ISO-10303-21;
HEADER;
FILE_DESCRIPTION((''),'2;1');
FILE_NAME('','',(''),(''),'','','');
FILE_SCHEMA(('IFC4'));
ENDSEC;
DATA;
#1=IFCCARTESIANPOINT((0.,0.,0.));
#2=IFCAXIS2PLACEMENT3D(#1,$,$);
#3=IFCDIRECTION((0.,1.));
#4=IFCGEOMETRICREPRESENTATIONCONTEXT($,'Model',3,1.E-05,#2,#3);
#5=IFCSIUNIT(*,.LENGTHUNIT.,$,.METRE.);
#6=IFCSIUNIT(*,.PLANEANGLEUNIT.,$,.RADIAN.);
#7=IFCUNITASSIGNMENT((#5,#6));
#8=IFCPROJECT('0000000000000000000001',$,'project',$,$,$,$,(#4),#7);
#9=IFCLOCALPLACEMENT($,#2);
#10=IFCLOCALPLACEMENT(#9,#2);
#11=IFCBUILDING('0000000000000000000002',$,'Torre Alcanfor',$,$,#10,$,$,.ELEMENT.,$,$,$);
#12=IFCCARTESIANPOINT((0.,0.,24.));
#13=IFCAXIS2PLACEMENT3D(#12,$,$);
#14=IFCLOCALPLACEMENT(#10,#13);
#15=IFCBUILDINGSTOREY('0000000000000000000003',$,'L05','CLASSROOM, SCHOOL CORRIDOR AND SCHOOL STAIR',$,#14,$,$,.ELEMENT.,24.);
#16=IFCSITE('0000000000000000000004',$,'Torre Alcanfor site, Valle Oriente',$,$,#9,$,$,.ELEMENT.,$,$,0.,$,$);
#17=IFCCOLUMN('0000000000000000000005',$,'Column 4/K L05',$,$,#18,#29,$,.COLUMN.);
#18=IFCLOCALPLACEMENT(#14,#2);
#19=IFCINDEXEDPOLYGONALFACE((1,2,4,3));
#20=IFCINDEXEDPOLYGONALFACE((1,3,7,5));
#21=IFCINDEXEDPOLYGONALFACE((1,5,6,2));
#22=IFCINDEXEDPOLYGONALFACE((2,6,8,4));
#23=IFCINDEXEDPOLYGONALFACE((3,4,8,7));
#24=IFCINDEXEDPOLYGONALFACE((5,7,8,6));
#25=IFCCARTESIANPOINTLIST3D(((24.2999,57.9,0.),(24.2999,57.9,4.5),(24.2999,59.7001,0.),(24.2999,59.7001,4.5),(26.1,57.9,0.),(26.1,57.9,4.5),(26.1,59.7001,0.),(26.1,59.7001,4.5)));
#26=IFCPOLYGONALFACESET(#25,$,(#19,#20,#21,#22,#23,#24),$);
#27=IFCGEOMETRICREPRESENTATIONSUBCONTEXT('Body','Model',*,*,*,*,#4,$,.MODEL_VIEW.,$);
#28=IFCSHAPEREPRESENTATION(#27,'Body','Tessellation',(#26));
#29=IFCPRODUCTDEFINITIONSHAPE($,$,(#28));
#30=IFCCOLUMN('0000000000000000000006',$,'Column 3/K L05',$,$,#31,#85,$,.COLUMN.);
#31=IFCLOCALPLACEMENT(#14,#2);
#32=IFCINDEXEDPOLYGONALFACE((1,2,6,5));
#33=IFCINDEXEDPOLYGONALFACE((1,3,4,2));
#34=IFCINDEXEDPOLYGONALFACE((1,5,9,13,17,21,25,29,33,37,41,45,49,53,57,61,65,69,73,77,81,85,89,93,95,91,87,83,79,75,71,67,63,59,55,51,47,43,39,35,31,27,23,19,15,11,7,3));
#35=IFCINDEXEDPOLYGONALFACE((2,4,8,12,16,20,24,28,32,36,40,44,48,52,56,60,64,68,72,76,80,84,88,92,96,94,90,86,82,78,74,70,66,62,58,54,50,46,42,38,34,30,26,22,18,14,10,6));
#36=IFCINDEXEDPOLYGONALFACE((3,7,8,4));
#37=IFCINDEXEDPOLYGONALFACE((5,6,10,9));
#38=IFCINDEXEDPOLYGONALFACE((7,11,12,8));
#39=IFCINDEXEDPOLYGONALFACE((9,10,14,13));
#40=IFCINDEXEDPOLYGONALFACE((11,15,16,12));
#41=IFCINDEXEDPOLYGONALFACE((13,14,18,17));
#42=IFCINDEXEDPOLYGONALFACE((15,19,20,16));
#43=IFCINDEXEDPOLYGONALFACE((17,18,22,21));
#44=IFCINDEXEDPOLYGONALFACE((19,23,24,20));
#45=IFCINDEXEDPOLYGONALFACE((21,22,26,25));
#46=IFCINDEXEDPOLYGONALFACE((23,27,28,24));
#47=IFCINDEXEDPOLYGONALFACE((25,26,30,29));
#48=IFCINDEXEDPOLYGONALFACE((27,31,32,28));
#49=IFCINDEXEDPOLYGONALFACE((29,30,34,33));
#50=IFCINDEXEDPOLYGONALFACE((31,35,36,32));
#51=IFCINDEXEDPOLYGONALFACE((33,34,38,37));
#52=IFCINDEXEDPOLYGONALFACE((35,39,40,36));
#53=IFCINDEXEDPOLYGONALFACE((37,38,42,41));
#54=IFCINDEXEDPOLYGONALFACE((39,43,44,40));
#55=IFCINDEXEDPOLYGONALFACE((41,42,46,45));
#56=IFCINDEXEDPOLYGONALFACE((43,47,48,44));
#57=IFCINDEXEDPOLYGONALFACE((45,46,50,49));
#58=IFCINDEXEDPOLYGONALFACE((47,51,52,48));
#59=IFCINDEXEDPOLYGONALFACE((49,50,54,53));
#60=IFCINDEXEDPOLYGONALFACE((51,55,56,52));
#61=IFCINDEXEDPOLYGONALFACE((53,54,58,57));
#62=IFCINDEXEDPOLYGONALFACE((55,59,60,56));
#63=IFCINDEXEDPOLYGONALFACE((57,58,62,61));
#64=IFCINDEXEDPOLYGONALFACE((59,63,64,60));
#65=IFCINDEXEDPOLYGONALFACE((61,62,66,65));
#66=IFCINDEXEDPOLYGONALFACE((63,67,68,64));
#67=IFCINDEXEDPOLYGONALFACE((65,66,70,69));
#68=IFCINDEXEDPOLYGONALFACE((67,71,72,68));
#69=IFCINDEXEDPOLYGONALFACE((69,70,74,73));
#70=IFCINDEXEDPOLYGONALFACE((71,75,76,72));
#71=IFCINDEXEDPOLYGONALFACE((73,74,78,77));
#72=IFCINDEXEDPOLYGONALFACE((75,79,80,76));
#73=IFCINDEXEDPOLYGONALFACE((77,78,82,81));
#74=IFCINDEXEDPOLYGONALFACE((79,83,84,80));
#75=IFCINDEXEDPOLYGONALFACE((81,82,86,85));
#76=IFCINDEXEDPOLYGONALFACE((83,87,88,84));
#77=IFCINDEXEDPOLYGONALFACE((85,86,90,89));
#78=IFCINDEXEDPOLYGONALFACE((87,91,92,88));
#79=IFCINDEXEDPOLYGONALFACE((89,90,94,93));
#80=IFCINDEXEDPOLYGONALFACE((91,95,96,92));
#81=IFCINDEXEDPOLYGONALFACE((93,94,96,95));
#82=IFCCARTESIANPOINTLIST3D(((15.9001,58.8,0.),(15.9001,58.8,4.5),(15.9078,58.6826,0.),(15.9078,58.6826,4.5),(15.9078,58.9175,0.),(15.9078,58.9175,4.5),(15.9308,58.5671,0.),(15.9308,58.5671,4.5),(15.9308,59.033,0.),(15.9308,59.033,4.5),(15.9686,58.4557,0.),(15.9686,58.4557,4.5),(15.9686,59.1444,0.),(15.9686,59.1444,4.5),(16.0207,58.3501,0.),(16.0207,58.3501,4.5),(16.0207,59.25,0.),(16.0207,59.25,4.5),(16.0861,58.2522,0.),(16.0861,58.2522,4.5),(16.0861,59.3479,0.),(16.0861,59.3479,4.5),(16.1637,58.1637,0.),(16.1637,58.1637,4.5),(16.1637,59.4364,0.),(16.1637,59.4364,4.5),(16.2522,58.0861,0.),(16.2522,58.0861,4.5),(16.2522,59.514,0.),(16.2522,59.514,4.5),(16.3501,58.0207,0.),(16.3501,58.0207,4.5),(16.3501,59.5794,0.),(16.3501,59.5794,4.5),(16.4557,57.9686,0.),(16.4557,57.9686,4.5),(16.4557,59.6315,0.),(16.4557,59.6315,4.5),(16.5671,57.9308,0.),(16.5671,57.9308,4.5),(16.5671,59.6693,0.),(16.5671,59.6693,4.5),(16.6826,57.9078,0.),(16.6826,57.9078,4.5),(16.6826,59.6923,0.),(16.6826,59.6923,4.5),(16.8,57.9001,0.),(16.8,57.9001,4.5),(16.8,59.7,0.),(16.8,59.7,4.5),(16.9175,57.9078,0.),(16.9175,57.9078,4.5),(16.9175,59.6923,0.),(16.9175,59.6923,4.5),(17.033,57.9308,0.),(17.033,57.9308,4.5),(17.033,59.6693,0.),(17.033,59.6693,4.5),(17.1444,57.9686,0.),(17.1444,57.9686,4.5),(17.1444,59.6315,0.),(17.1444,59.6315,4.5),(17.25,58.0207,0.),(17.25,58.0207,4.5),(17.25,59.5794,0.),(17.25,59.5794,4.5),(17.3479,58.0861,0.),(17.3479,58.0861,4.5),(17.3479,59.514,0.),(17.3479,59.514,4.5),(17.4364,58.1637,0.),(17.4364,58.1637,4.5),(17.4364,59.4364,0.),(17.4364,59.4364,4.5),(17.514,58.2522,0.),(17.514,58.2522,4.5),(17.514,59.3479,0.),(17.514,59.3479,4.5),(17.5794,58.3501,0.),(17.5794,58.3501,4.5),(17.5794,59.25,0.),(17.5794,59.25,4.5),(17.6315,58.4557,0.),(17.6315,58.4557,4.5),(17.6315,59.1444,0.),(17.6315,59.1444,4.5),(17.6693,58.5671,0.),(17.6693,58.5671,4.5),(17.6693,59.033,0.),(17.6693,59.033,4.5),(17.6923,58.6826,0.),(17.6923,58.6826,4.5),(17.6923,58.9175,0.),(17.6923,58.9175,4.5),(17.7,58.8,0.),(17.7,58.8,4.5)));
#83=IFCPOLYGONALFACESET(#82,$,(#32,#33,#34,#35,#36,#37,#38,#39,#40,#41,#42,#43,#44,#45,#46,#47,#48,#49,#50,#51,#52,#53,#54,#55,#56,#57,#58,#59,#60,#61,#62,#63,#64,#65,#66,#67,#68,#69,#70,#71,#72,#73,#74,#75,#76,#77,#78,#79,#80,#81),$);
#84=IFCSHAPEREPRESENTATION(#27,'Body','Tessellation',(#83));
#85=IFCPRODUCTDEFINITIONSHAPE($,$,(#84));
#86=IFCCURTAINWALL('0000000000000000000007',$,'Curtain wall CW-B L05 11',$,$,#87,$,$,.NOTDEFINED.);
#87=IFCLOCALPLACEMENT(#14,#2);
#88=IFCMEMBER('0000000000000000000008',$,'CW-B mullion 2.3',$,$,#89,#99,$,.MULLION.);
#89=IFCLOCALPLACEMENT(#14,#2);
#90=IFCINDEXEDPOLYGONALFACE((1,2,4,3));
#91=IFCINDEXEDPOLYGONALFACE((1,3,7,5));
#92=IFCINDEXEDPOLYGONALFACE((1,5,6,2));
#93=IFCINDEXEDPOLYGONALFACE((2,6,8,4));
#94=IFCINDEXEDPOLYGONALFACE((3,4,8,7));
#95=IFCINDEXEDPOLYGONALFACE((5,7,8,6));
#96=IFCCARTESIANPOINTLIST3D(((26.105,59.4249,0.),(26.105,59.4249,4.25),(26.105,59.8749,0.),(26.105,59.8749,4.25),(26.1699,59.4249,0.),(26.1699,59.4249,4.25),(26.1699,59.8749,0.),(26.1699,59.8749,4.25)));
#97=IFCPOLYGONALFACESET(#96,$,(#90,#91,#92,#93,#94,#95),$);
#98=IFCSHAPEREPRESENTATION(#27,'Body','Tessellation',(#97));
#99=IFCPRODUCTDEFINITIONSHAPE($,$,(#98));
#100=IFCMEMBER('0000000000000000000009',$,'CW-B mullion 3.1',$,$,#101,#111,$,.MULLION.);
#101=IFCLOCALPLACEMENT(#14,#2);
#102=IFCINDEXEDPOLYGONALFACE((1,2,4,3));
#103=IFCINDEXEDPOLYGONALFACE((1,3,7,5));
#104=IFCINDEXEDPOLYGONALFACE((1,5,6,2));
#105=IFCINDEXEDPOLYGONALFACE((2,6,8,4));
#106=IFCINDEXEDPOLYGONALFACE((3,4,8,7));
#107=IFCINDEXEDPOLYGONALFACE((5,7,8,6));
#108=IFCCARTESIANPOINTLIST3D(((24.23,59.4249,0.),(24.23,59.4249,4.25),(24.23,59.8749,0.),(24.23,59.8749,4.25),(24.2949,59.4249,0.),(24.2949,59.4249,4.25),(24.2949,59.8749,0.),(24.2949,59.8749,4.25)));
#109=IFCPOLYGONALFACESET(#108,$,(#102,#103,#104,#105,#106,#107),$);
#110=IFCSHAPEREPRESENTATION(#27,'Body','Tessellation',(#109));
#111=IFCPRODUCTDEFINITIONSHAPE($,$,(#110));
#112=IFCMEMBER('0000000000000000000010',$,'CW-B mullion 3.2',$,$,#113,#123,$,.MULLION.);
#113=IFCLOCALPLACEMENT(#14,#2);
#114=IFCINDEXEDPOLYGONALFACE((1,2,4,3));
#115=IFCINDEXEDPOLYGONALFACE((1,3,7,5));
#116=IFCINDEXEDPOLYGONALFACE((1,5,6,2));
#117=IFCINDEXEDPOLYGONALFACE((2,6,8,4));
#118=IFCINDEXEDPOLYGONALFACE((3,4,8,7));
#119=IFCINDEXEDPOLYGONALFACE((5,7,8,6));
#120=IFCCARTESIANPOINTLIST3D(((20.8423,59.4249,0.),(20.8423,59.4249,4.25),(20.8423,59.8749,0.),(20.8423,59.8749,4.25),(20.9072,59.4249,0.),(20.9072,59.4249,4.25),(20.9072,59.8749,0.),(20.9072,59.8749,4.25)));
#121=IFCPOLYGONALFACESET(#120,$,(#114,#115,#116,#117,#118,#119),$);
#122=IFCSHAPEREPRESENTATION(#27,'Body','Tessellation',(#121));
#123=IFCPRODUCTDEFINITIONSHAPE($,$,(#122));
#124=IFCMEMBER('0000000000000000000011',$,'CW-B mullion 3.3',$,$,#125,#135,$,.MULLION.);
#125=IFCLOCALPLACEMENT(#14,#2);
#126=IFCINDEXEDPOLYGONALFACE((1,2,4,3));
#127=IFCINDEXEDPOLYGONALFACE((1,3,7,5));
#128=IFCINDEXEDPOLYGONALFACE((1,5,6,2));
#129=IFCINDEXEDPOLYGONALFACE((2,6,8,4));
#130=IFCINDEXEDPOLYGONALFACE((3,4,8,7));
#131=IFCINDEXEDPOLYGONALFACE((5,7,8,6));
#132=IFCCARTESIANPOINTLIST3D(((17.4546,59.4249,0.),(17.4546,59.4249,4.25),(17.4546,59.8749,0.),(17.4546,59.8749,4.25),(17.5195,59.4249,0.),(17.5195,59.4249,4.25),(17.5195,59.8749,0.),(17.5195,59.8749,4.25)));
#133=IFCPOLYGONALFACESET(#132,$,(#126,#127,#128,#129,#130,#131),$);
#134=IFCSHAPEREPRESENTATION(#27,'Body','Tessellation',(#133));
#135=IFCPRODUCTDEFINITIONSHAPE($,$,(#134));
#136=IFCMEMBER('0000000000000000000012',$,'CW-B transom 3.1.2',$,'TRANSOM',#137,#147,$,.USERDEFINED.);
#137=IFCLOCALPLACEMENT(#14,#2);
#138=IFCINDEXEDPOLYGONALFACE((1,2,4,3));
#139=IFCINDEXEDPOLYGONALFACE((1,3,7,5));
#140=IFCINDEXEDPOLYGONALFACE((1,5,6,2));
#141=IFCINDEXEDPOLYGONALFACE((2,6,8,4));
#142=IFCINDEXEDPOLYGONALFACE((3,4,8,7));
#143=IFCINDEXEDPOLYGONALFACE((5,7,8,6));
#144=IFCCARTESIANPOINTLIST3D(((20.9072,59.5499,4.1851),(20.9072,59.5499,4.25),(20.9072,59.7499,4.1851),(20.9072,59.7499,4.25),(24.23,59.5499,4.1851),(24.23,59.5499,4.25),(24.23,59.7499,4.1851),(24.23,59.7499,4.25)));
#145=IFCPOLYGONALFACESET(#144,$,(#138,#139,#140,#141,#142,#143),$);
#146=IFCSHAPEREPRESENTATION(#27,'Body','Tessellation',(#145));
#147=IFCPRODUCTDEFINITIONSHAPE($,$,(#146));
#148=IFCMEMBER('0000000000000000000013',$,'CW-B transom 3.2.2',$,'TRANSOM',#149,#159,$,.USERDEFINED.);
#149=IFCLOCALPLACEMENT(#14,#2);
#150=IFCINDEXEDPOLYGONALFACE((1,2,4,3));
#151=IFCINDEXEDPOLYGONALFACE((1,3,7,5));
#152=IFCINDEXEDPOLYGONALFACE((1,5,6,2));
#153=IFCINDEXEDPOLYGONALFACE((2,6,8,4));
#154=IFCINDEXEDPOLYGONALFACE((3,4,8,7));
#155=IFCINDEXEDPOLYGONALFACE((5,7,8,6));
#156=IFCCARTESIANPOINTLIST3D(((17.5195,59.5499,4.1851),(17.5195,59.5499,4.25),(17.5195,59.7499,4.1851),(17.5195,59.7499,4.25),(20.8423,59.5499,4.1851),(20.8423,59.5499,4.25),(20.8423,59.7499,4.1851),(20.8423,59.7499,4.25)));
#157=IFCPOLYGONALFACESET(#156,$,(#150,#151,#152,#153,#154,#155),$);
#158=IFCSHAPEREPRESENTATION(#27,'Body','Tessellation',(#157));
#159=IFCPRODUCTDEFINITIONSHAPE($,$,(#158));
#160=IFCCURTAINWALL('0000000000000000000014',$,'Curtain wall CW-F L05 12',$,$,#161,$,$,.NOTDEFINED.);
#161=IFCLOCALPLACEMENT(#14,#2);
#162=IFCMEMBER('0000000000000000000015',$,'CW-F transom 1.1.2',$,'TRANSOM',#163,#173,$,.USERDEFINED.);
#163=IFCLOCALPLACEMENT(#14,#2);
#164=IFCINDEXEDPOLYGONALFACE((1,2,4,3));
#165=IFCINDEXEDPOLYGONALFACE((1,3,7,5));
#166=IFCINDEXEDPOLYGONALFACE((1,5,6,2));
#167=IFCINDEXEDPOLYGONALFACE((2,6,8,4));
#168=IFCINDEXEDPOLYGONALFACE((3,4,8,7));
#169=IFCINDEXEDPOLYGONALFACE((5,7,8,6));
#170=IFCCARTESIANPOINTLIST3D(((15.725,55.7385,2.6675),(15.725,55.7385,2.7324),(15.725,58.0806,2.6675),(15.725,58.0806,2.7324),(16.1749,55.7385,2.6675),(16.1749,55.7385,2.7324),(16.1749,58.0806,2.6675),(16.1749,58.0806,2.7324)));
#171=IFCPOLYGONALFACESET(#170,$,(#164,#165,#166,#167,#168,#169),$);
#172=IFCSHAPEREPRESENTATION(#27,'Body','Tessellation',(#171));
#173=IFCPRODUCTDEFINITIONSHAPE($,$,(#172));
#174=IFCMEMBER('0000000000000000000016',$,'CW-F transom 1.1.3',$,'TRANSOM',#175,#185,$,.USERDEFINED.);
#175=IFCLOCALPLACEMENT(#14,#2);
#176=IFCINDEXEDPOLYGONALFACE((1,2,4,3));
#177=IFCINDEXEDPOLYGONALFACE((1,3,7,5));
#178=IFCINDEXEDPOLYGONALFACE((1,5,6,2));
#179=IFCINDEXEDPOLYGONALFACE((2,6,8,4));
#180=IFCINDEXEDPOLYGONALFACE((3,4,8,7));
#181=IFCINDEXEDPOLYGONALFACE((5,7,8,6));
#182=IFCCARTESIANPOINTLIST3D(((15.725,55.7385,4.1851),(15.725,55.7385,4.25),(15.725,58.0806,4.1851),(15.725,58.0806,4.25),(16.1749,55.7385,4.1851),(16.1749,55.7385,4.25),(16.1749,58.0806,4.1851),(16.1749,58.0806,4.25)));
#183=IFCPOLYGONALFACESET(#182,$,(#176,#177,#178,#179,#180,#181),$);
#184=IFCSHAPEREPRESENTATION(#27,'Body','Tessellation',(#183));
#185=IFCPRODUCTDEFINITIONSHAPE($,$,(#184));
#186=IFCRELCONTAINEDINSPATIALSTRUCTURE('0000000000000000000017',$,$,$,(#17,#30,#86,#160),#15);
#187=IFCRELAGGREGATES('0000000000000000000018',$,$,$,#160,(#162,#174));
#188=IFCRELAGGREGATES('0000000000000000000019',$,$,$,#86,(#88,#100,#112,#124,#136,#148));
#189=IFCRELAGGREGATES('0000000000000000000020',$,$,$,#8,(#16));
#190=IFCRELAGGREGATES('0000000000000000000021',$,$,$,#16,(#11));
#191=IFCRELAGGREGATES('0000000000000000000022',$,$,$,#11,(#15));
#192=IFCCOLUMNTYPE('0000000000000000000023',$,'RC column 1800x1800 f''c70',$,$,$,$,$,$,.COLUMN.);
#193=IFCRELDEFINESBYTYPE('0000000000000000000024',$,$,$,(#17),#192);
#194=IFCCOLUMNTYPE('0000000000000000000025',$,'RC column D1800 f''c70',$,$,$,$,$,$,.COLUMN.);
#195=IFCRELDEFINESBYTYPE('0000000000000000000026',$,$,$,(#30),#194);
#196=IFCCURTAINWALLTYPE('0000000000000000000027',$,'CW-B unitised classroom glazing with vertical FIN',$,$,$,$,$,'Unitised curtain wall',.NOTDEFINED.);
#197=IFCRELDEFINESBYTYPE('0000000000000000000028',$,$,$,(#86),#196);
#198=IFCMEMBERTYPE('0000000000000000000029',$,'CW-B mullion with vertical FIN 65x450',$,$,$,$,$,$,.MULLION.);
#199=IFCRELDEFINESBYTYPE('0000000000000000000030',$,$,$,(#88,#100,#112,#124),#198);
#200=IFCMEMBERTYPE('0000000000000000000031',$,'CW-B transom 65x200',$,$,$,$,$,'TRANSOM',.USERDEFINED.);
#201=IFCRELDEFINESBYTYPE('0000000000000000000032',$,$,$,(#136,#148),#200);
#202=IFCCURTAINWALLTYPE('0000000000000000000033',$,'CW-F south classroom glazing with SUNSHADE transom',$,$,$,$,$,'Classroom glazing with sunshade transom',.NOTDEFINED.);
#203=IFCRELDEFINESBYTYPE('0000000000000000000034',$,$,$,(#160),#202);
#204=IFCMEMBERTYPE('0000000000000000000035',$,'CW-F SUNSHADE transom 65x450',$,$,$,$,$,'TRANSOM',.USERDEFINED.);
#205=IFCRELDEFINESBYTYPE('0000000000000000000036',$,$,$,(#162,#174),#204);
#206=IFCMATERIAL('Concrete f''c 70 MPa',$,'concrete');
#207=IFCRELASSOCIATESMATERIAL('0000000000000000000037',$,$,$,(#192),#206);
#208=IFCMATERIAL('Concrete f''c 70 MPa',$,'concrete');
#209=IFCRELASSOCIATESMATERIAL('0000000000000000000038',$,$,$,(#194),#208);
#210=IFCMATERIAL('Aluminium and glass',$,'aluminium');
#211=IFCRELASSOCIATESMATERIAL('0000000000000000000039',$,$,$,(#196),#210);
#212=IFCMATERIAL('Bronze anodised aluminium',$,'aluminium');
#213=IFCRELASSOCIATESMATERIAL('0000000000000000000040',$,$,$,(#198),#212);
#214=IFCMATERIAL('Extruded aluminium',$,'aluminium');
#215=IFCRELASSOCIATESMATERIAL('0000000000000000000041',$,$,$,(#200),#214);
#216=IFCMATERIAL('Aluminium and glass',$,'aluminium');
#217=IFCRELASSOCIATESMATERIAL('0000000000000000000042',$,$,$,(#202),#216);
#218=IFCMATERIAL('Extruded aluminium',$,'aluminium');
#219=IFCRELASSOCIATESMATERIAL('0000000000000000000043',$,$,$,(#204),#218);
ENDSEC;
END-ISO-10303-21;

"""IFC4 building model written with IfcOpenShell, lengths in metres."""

from ifc_helpers import new_model, si_unit, direction, frame, origin, origin_2d, place, context, subcontext, project, spatial, rectangle, circle, extrude, material, material_profile, profile_set, type_object, element, aggregate, save


model = new_model("IFC4")

# Units and contexts
model_context = context("Model", 3, precision=1e-05, world=origin(), true_north=direction((0.0, 1.0)))
body_context = subcontext(model_context, "Body", "Model", "MODEL_VIEW")
ifc_project = project(units=[si_unit("LENGTHUNIT", "METRE"), si_unit("PLANEANGLEUNIT", "RADIAN")], contexts=[model_context])

# Site, building, storey
site_placement = place(None, origin())
site = spatial("IfcSite", under=ifc_project, at=site_placement, Name="Torre Alcanfor site, Valle Oriente", CompositionType="ELEMENT", RefElevation=0.0)
building_placement = place(site_placement, origin())
building = spatial("IfcBuilding", under=site, at=building_placement, Name="Torre Alcanfor", CompositionType="ELEMENT")
storey_placement = place(building_placement, frame((0.0, 0.0, 24.0)))
storey = spatial("IfcBuildingStorey", under=building, at=storey_placement, Name="L05", Description="CLASSROOM, SCHOOL CORRIDOR AND SCHOOL STAIR", CompositionType="ELEMENT", Elevation=24.0)

# Columns
ifc_material_1 = material(Name="Concrete f'c 70 MPa", Category="concrete")
ifc_material_profile_1 = material_profile(ifc_material_1, rectangle(XDim=1.8, YDim=1.8, at=origin_2d()), Name="1800x1800")
ifc_profile_set_1 = profile_set([ifc_material_profile_1], Name="Concrete f'c 70 MPa")
column_type_1 = type_object("IfcColumnType", Name="RC column 1800x1800 f'c70", PredefinedType="COLUMN", material=ifc_profile_set_1)
column_1_placement = place(storey_placement, frame((25.2, 58.8, 0.0), z_axis=(0.0, 0.0, 1.0), x_axis=(1.0, 0.0, 0.0)))
element("IfcColumn", 1, at=column_1_placement, inside=storey, type_object=column_type_1, Name="Column 4/K L05", PredefinedType="COLUMN", context=body_context, shape_type="SweptSolid", body=[
    extrude(rectangle(XDim=1.8, YDim=1.8, at=origin_2d()), origin(), (0.0, 0.0, 1.0), 4.5),
])
ifc_material_2 = material(Name="Concrete f'c 70 MPa", Category="concrete")
ifc_material_profile_2 = material_profile(ifc_material_2, circle(Radius=0.8999, at=origin_2d()), Name="D1800")
ifc_profile_set_2 = profile_set([ifc_material_profile_2], Name="Concrete f'c 70 MPa")
column_type_2 = type_object("IfcColumnType", Name="RC column D1800 f'c70", PredefinedType="COLUMN", material=ifc_profile_set_2)
column_2_placement = place(storey_placement, frame((16.8, 58.8, 0.0), z_axis=(0.0, 0.0, 1.0), x_axis=(1.0, 0.0, 0.0)))
element("IfcColumn", 2, at=column_2_placement, inside=storey, type_object=column_type_2, Name="Column 3/K L05", PredefinedType="COLUMN", context=body_context, shape_type="SweptSolid", body=[
    extrude(circle(Radius=0.8999, at=origin_2d()), origin(), (0.0, 0.0, 1.0), 4.5),
])

# Curtain walls, members
ifc_material_3 = material(Name="Aluminium and glass", Category="aluminium")
curtain_wall_type_1 = type_object("IfcCurtainWallType", Name="CW-B unitised classroom glazing with vertical FIN", ElementType="Unitised curtain wall", PredefinedType="NOTDEFINED", material=ifc_material_3)
curtain_wall_1_placement = place(storey_placement, origin())
curtain_wall_1 = element("IfcCurtainWall", 3, at=curtain_wall_1_placement, inside=storey, type_object=curtain_wall_type_1, Name="Curtain wall CW-B L05 11", PredefinedType="NOTDEFINED")
ifc_material_4 = material(Name="Bronze anodised aluminium", Category="aluminium")
ifc_material_profile_3 = material_profile(ifc_material_4, rectangle(XDim=0.45, YDim=0.0649, at=origin_2d()), Name="CW-B mullion 65x450")
ifc_profile_set_3 = profile_set([ifc_material_profile_3], Name="Bronze anodised aluminium")
member_type_1 = type_object("IfcMemberType", Name="CW-B mullion with vertical FIN 65x450", PredefinedType="MULLION", material=ifc_profile_set_3)
member_1_placement = place(storey_placement, frame((26.1375, 59.6499, 0.0), z_axis=(0.0, 0.0, 1.0), x_axis=(0.0, -1.0, 0.0)))
member_1 = element("IfcMember", 4, at=member_1_placement, type_object=member_type_1, Name="CW-B mullion 2.3", PredefinedType="MULLION", context=body_context, shape_type="SweptSolid", body=[
    extrude(rectangle(XDim=0.45, YDim=0.0649, at=origin_2d()), origin(), (0.0, 0.0, 1.0), 4.25),
])
member_2_placement = place(storey_placement, frame((24.2625, 59.6499, 0.0), z_axis=(0.0, 0.0, 1.0), x_axis=(0.0, -1.0, 0.0)))
member_2 = element("IfcMember", 5, at=member_2_placement, type_object=member_type_1, Name="CW-B mullion 3.1", PredefinedType="MULLION", context=body_context, shape_type="SweptSolid", body=[
    extrude(rectangle(XDim=0.45, YDim=0.0649, at=origin_2d()), origin(), (0.0, 0.0, 1.0), 4.25),
])
member_3_placement = place(storey_placement, frame((20.8748, 59.6499, 0.0), z_axis=(0.0, 0.0, 1.0), x_axis=(0.0, -1.0, 0.0)))
member_3 = element("IfcMember", 6, at=member_3_placement, type_object=member_type_1, Name="CW-B mullion 3.2", PredefinedType="MULLION", context=body_context, shape_type="SweptSolid", body=[
    extrude(rectangle(XDim=0.45, YDim=0.0649, at=origin_2d()), origin(), (0.0, 0.0, 1.0), 4.25),
])
member_4_placement = place(storey_placement, frame((17.4871, 59.6499, 0.0), z_axis=(0.0, 0.0, 1.0), x_axis=(0.0, -1.0, 0.0)))
member_4 = element("IfcMember", 7, at=member_4_placement, type_object=member_type_1, Name="CW-B mullion 3.3", PredefinedType="MULLION", context=body_context, shape_type="SweptSolid", body=[
    extrude(rectangle(XDim=0.45, YDim=0.0649, at=origin_2d()), origin(), (0.0, 0.0, 1.0), 4.25),
])
ifc_material_5 = material(Name="Extruded aluminium", Category="aluminium")
ifc_material_profile_4 = material_profile(ifc_material_5, rectangle(XDim=0.2, YDim=0.0649, at=origin_2d()), Name="CW-B transom 200x65")
ifc_profile_set_4 = profile_set([ifc_material_profile_4], Name="Extruded aluminium")
member_type_2 = type_object("IfcMemberType", Name="CW-B transom 65x200", ElementType="TRANSOM", PredefinedType="USERDEFINED", material=ifc_profile_set_4)
member_5_placement = place(storey_placement, frame((24.23, 59.6499, 4.2175), z_axis=(-1.0, 0.0, 0.0), x_axis=(0.0, -1.0, 0.0)))
member_5 = element("IfcMember", 8, at=member_5_placement, type_object=member_type_2, Name="CW-B transom 3.1.2", ObjectType="TRANSOM", PredefinedType="USERDEFINED", context=body_context, shape_type="SweptSolid", body=[
    extrude(rectangle(XDim=0.2, YDim=0.0649, at=origin_2d()), origin(), (0.0, 0.0, 1.0), 3.3228),
])
member_6_placement = place(storey_placement, frame((20.8423, 59.6499, 4.2175), z_axis=(-1.0, 0.0, 0.0), x_axis=(0.0, -1.0, 0.0)))
member_6 = element("IfcMember", 9, at=member_6_placement, type_object=member_type_2, Name="CW-B transom 3.2.2", ObjectType="TRANSOM", PredefinedType="USERDEFINED", context=body_context, shape_type="SweptSolid", body=[
    extrude(rectangle(XDim=0.2, YDim=0.0649, at=origin_2d()), origin(), (0.0, 0.0, 1.0), 3.3228),
])
ifc_material_6 = material(Name="Aluminium and glass", Category="aluminium")
curtain_wall_type_2 = type_object("IfcCurtainWallType", Name="CW-F south classroom glazing with SUNSHADE transom", ElementType="Classroom glazing with sunshade transom", PredefinedType="NOTDEFINED", material=ifc_material_6)
curtain_wall_2_placement = place(storey_placement, origin())
curtain_wall_2 = element("IfcCurtainWall", 10, at=curtain_wall_2_placement, inside=storey, type_object=curtain_wall_type_2, Name="Curtain wall CW-F L05 12", PredefinedType="NOTDEFINED")
ifc_material_7 = material(Name="Extruded aluminium", Category="aluminium")
ifc_material_profile_5 = material_profile(ifc_material_7, rectangle(XDim=0.45, YDim=0.0649, at=origin_2d()), Name="CW-F transom 450x65")
ifc_profile_set_5 = profile_set([ifc_material_profile_5], Name="Extruded aluminium")
member_type_3 = type_object("IfcMemberType", Name="CW-F SUNSHADE transom 65x450", ElementType="TRANSOM", PredefinedType="USERDEFINED", material=ifc_profile_set_5)
member_7_placement = place(storey_placement, frame((15.95, 58.0806, 2.7), z_axis=(0.0, -1.0, 0.0), x_axis=(1.0, 0.0, 0.0)))
member_7 = element("IfcMember", 11, at=member_7_placement, type_object=member_type_3, Name="CW-F transom 1.1.2", ObjectType="TRANSOM", PredefinedType="USERDEFINED", context=body_context, shape_type="SweptSolid", body=[
    extrude(rectangle(XDim=0.45, YDim=0.0649, at=origin_2d()), origin(), (0.0, 0.0, 1.0), 2.342),
])
member_8_placement = place(storey_placement, frame((15.95, 58.0806, 4.2175), z_axis=(0.0, -1.0, 0.0), x_axis=(1.0, 0.0, 0.0)))
member_8 = element("IfcMember", 12, at=member_8_placement, type_object=member_type_3, Name="CW-F transom 1.1.3", ObjectType="TRANSOM", PredefinedType="USERDEFINED", context=body_context, shape_type="SweptSolid", body=[
    extrude(rectangle(XDim=0.45, YDim=0.0649, at=origin_2d()), origin(), (0.0, 0.0, 1.0), 2.342),
])
aggregate(curtain_wall_2, [member_7, member_8])

aggregate(curtain_wall_1, [member_1, member_2, member_3, member_4, member_5, member_6])

save(model, "model.ifc")
